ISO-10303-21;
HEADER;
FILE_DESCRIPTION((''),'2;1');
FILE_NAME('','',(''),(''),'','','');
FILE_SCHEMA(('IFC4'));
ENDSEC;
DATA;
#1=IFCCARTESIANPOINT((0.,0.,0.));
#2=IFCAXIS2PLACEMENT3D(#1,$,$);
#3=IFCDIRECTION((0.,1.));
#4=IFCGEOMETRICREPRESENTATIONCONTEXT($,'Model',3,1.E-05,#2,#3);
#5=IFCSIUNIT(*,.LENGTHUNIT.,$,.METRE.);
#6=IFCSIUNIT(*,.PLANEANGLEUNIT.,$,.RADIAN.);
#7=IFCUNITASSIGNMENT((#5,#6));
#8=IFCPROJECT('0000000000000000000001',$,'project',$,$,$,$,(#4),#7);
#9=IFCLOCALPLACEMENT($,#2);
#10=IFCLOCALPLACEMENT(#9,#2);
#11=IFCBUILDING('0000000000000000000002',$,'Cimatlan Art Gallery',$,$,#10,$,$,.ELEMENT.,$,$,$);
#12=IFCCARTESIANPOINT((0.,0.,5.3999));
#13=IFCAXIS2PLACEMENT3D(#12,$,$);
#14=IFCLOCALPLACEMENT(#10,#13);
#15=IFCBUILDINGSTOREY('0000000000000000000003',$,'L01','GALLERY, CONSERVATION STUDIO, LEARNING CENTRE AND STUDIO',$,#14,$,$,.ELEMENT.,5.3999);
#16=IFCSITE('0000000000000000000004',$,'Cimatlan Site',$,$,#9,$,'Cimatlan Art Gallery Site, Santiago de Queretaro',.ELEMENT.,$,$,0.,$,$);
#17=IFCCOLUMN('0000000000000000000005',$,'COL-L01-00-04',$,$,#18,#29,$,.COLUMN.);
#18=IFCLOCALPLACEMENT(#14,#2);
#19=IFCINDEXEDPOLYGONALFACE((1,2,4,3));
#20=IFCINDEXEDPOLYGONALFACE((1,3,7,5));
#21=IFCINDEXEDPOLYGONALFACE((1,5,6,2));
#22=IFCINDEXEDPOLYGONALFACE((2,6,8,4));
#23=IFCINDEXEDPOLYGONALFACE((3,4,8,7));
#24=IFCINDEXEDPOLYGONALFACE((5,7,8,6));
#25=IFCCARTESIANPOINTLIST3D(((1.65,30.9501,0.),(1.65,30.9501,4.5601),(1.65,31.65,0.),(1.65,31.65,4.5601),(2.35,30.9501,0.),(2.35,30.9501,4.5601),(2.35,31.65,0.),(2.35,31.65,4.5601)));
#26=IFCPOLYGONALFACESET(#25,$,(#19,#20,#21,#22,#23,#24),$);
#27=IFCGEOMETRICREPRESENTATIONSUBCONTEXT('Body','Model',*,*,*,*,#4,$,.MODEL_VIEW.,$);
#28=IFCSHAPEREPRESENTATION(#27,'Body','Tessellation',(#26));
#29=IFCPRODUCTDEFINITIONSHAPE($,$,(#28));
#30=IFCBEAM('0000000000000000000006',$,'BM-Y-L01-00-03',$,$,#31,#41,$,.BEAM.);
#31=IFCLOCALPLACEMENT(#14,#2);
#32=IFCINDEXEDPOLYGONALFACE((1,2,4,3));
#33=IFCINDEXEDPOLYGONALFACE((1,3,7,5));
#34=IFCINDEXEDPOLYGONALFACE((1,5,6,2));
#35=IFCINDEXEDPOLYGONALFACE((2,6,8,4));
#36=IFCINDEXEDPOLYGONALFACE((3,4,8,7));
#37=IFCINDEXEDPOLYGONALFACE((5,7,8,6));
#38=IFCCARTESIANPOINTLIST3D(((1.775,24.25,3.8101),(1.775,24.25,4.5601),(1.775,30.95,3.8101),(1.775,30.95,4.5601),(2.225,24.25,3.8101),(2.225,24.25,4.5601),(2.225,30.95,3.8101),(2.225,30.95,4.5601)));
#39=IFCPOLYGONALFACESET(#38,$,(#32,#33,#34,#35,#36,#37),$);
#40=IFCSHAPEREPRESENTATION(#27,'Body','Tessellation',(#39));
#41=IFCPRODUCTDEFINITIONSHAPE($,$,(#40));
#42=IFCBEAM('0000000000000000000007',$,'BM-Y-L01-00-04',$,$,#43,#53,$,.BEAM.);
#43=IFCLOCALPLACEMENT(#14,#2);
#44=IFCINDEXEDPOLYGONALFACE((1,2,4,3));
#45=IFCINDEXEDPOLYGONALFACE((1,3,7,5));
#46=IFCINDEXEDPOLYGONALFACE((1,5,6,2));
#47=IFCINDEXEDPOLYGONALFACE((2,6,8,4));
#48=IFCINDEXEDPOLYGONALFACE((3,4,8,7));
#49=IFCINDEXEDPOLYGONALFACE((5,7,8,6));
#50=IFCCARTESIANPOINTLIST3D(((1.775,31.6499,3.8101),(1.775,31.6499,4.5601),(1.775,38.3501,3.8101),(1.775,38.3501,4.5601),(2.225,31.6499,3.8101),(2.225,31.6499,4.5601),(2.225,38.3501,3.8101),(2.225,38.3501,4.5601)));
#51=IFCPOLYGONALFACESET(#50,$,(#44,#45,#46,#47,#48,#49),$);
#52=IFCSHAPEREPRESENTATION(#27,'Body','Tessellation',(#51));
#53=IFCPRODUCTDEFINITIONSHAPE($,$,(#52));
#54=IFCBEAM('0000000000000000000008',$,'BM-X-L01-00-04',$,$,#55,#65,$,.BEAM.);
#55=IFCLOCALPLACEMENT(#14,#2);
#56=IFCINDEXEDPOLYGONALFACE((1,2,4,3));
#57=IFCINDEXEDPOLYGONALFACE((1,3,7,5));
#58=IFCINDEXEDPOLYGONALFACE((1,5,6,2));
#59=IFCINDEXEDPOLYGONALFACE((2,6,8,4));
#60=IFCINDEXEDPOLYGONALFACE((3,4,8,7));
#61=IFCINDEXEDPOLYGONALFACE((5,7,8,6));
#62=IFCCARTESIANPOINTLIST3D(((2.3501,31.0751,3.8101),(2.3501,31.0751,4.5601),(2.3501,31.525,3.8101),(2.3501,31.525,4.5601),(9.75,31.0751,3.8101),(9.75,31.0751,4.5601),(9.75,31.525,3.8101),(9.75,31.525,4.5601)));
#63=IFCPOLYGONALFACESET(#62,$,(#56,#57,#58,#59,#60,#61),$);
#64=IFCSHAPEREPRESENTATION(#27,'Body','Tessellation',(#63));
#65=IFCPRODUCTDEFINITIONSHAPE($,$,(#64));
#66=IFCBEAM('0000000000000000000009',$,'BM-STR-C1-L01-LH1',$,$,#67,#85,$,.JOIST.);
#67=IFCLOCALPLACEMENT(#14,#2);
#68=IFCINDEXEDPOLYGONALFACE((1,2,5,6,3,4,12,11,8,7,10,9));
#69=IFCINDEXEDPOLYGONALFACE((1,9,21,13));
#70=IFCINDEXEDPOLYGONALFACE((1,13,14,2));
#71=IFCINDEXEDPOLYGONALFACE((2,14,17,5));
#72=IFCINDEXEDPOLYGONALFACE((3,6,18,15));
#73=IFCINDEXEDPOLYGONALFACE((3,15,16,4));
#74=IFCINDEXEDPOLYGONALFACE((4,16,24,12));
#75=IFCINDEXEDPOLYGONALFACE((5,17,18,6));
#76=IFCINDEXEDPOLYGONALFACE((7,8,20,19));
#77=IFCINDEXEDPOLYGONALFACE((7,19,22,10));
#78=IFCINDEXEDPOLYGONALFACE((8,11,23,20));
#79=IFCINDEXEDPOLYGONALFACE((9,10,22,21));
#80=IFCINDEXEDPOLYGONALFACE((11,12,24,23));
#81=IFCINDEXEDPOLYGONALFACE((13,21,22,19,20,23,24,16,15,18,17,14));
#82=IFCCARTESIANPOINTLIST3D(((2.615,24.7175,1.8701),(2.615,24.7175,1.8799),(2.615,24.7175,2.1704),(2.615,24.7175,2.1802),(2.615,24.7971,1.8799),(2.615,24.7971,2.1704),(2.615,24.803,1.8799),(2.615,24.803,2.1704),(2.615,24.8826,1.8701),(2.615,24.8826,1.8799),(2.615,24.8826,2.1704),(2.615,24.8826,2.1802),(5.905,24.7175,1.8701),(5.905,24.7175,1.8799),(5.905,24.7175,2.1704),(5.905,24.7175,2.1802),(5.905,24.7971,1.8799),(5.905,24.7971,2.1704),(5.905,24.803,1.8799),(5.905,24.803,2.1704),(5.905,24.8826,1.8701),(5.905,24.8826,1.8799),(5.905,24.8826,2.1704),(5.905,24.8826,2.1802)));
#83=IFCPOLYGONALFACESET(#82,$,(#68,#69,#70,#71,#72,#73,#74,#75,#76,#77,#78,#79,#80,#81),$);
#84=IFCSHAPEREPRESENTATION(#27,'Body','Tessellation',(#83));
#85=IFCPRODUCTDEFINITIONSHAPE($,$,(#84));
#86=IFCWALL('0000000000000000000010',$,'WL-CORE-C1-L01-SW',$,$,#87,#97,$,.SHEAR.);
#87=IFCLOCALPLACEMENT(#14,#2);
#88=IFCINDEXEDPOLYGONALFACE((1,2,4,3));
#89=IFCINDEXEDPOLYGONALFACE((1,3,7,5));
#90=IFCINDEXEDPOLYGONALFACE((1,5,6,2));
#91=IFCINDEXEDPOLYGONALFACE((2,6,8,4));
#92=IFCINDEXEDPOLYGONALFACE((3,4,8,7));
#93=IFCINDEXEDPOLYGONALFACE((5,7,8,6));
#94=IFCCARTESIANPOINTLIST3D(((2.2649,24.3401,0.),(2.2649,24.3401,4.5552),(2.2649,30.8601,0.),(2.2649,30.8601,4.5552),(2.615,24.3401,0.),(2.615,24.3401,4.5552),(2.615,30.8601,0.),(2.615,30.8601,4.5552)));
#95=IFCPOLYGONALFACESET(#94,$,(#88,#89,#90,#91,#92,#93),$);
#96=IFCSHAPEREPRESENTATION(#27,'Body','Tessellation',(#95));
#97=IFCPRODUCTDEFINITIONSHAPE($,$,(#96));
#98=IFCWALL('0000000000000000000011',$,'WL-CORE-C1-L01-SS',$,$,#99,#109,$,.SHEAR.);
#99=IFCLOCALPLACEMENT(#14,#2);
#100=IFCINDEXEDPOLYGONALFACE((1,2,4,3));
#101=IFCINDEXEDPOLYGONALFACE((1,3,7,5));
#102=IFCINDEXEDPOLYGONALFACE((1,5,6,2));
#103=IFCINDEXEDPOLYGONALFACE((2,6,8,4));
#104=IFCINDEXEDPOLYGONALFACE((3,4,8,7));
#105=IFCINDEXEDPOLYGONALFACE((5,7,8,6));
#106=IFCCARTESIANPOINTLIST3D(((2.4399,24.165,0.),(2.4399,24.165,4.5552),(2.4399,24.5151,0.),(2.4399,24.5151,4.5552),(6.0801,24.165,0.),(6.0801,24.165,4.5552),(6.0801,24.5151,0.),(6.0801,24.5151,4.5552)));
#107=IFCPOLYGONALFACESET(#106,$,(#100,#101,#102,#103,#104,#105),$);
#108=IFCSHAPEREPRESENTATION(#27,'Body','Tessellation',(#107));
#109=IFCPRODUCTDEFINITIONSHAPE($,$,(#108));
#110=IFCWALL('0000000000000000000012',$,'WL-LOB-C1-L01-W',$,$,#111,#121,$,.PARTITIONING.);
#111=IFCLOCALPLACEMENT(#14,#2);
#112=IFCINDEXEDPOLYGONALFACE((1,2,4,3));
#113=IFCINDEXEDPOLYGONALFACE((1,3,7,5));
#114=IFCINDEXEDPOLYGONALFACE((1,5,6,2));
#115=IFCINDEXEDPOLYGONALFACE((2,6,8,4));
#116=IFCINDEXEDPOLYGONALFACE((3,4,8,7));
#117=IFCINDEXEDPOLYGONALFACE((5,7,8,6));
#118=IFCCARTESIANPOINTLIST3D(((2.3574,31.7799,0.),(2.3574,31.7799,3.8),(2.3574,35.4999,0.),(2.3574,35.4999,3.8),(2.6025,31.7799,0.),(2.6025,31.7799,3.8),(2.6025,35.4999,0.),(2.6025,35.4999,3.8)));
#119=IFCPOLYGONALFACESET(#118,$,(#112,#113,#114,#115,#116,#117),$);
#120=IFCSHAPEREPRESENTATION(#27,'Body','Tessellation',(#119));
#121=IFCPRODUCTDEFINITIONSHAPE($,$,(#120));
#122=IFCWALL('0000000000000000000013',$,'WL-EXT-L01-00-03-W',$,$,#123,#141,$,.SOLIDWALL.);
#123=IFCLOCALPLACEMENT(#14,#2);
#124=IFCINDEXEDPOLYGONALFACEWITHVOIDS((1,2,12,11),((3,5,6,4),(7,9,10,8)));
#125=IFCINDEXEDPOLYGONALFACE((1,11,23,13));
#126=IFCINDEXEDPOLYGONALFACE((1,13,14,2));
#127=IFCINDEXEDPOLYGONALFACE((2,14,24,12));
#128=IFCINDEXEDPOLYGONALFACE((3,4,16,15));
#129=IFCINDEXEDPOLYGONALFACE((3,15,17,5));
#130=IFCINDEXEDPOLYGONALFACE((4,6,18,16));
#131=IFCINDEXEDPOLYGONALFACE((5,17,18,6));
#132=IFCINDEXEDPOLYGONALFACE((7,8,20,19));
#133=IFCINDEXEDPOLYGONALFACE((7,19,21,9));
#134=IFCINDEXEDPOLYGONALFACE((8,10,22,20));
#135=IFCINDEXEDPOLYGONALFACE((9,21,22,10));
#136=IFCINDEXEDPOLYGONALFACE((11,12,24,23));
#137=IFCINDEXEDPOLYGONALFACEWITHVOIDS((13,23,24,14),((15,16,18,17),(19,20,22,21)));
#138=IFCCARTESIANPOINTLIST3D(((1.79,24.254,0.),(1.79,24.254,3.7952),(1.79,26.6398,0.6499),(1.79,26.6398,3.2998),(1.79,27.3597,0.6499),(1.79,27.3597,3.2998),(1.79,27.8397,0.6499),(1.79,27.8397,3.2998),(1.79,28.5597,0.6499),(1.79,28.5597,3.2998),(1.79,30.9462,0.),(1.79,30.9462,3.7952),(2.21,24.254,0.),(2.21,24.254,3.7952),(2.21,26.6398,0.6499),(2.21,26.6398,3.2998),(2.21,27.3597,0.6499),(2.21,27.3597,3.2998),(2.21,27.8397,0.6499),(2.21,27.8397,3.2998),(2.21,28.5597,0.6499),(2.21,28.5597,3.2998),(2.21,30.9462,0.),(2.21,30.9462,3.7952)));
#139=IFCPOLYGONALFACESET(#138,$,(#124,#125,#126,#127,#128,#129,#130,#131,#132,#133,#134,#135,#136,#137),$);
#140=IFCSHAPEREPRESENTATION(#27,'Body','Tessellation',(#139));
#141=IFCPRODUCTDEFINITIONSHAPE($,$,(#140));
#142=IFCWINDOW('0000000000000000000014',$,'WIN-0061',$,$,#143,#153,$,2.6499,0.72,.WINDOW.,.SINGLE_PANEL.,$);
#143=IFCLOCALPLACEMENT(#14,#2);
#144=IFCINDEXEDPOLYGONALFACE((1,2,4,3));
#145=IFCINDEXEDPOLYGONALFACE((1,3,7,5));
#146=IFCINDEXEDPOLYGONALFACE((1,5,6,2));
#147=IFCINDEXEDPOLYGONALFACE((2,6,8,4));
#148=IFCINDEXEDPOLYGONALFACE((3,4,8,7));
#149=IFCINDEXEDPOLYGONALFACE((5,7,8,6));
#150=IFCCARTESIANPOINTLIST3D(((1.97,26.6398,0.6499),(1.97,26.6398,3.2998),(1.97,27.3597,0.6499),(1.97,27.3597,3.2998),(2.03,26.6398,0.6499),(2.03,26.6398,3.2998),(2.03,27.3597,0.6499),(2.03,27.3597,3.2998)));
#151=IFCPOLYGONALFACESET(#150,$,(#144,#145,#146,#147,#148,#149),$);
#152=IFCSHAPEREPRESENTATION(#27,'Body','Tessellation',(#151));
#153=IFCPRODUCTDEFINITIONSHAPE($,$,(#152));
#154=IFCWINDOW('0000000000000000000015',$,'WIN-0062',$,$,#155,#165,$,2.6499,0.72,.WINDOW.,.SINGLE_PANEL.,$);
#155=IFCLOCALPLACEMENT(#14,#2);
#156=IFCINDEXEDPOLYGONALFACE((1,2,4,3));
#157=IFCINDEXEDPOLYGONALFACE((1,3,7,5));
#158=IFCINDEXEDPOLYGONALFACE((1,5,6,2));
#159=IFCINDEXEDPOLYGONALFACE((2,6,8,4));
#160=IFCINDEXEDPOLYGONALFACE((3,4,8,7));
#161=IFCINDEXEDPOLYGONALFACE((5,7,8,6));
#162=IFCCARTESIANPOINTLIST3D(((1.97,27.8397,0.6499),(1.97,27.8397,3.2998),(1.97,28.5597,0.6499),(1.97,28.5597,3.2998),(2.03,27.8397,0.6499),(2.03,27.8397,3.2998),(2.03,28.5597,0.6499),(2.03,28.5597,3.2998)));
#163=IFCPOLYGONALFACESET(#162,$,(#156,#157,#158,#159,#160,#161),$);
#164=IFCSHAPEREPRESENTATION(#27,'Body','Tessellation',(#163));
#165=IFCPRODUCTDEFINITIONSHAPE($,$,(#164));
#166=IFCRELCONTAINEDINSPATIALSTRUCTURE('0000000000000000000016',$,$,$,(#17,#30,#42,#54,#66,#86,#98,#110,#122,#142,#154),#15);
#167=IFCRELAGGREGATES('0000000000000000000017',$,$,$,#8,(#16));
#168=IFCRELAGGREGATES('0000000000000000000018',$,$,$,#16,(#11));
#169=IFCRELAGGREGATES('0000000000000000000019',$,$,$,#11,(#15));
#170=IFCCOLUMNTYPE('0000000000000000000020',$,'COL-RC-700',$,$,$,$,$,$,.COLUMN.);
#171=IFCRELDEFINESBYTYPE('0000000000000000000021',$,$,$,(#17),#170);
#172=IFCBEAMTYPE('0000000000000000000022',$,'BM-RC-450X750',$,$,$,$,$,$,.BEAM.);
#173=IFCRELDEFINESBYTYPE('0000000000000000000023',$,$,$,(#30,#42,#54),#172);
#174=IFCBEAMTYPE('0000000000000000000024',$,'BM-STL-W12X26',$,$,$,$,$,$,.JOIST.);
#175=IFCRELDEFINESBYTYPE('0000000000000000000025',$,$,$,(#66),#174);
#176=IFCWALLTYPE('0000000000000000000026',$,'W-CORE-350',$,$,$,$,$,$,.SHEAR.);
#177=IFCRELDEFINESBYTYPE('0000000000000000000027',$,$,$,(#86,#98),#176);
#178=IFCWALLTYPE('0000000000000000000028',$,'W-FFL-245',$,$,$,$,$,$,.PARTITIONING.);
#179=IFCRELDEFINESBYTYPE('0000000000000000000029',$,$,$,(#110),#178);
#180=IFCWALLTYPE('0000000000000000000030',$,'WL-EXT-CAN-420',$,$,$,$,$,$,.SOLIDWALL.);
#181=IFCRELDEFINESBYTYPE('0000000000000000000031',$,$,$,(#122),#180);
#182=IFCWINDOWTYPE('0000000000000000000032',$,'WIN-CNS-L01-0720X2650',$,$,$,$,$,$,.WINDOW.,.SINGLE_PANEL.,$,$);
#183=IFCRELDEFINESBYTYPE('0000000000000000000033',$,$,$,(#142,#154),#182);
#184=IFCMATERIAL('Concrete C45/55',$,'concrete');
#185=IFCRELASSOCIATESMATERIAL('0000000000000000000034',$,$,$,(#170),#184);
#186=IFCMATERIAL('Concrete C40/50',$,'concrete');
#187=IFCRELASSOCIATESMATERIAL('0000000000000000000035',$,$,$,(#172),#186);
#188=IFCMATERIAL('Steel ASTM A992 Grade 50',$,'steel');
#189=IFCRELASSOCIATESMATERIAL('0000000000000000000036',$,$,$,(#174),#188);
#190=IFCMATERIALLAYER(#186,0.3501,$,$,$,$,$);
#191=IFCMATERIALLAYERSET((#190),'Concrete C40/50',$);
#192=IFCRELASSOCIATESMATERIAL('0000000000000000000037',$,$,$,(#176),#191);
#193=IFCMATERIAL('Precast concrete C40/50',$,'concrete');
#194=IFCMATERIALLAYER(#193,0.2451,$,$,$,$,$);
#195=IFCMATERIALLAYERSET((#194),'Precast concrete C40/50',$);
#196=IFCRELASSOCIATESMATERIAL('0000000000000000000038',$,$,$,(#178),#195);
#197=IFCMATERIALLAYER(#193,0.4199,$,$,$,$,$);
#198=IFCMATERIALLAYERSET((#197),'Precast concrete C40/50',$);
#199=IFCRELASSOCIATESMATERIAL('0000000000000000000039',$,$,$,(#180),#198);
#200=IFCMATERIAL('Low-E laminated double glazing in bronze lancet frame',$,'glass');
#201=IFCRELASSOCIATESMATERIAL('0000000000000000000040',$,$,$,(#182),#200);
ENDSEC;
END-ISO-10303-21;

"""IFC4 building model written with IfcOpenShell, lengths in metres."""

from ifc_helpers import new_model, si_unit, direction, frame, frame_2d, origin, origin_2d, place, context, subcontext, project, spatial, rectangle, i_section, extrude, material, layer, layer_set, material_profile, profile_set, type_object, element, fill, save


model = new_model("IFC4")

# Units and contexts
model_context = context("Model", 3, precision=1e-05, world=origin(), true_north=direction((0.0, 1.0)))
body_context = subcontext(model_context, "Body", "Model", "MODEL_VIEW")
ifc_project = project(units=[si_unit("LENGTHUNIT", "METRE"), si_unit("PLANEANGLEUNIT", "RADIAN")], contexts=[model_context])

# Site, building, storey
site_placement = place(None, origin())
site = spatial("IfcSite", under=ifc_project, at=site_placement, Name="Cimatlan Site", LongName="Cimatlan Art Gallery Site, Santiago de Queretaro", CompositionType="ELEMENT", RefElevation=0.0)
building_placement = place(site_placement, origin())
building = spatial("IfcBuilding", under=site, at=building_placement, Name="Cimatlan Art Gallery", CompositionType="ELEMENT")
storey_placement = place(building_placement, frame((0.0, 0.0, 5.3999)))
storey = spatial("IfcBuildingStorey", under=building, at=storey_placement, Name="L01", Description="GALLERY, CONSERVATION STUDIO, LEARNING CENTRE AND STUDIO", CompositionType="ELEMENT", Elevation=5.3999)

# Column
ifc_material_1 = material(Name="Concrete C45/55", Category="concrete")
ifc_material_profile_1 = material_profile(ifc_material_1, rectangle(XDim=0.7, YDim=0.7, at=origin_2d()), Name="RC700X700")
ifc_profile_set_1 = profile_set([ifc_material_profile_1], Name="Concrete C45/55")
column_type = type_object("IfcColumnType", Name="COL-RC-700", PredefinedType="COLUMN", material=ifc_profile_set_1)
column_placement = place(storey_placement, frame((2.0, 31.3, 0.0), z_axis=(0.0, 0.0, 1.0), x_axis=(1.0, 0.0, 0.0)))
element("IfcColumn", 1, at=column_placement, inside=storey, type_object=column_type, Name="COL-L01-00-04", PredefinedType="COLUMN", context=body_context, shape_type="SweptSolid", body=[
    extrude(rectangle(XDim=0.7, YDim=0.7, at=origin_2d()), origin(), (0.0, 0.0, 1.0), 4.5601),
])

# Beams
ifc_material_2 = material(Name="Concrete C40/50", Category="concrete")
ifc_material_profile_2 = material_profile(ifc_material_2, rectangle(XDim=0.45, YDim=0.75, at=origin_2d()), Name="RC450X750")
ifc_profile_set_2 = profile_set([ifc_material_profile_2], Name="Concrete C40/50")
beam_type_1 = type_object("IfcBeamType", Name="BM-RC-450X750", PredefinedType="BEAM", material=ifc_profile_set_2)
beam_1_placement = place(storey_placement, frame((2.0, 24.25, 4.1851), z_axis=(0.0, 1.0, 0.0), x_axis=(-1.0, 0.0, 0.0)))
element("IfcBeam", 2, at=beam_1_placement, inside=storey, type_object=beam_type_1, Name="BM-Y-L01-00-03", PredefinedType="BEAM", context=body_context, shape_type="SweptSolid", body=[
    extrude(rectangle(XDim=0.45, YDim=0.75, at=origin_2d()), origin(), (0.0, 0.0, 1.0), 6.7),
])
beam_2_placement = place(storey_placement, frame((2.0, 31.6499, 4.1851), z_axis=(0.0, 1.0, 0.0), x_axis=(-1.0, 0.0, 0.0)))
element("IfcBeam", 3, at=beam_2_placement, inside=storey, type_object=beam_type_1, Name="BM-Y-L01-00-04", PredefinedType="BEAM", context=body_context, shape_type="SweptSolid", body=[
    extrude(rectangle(XDim=0.45, YDim=0.75, at=origin_2d()), origin(), (0.0, 0.0, 1.0), 6.7002),
])
beam_3_placement = place(storey_placement, frame((2.3501, 31.3, 4.1851), z_axis=(1.0, 0.0, 0.0), x_axis=(0.0, 1.0, 0.0)))
element("IfcBeam", 4, at=beam_3_placement, inside=storey, type_object=beam_type_1, Name="BM-X-L01-00-04", PredefinedType="BEAM", context=body_context, shape_type="SweptSolid", body=[
    extrude(rectangle(XDim=0.45, YDim=0.75, at=origin_2d()), origin(), (0.0, 0.0, 1.0), 7.3999),
])
ifc_material_3 = material(Name="Steel ASTM A992 Grade 50", Category="steel")
ifc_material_profile_3 = material_profile(ifc_material_3, i_section(OverallWidth=0.165, OverallDepth=0.3101, WebThickness=0.0059, FlangeThickness=0.0098, at=origin_2d()), Name="W12X26")
ifc_profile_set_3 = profile_set([ifc_material_profile_3], Name="Steel ASTM A992 Grade 50")
beam_type_2 = type_object("IfcBeamType", Name="BM-STL-W12X26", PredefinedType="JOIST", material=ifc_profile_set_3)
beam_4_placement = place(storey_placement, frame((2.615, 24.8, 2.0251), z_axis=(1.0, 0.0, 0.0), x_axis=(0.0, 1.0, 0.0)))
element("IfcBeam", 5, at=beam_4_placement, inside=storey, type_object=beam_type_2, Name="BM-STR-C1-L01-LH1", PredefinedType="JOIST", context=body_context, shape_type="SweptSolid", body=[
    extrude(i_section(OverallWidth=0.165, OverallDepth=0.3101, WebThickness=0.0059, FlangeThickness=0.0098, at=origin_2d()), origin(), (0.0, 0.0, 1.0), 3.29),
])

# Walls
ifc_layer_1 = layer(ifc_material_2, 0.3501)
ifc_layer_set_1 = layer_set([ifc_layer_1], Name="Concrete C40/50")
wall_type_1 = type_object("IfcWallType", Name="W-CORE-350", PredefinedType="SHEAR", material=ifc_layer_set_1)
wall_1_placement = place(storey_placement, frame((2.4399, 24.3401, 0.0), z_axis=(0.0, 0.0, 1.0), x_axis=(0.0, 1.0, 0.0)))
element("IfcWall", 6, at=wall_1_placement, inside=storey, type_object=wall_type_1, Name="WL-CORE-C1-L01-SW", PredefinedType="SHEAR", context=body_context, shape_type="SweptSolid", body=[
    extrude(rectangle(XDim=6.52, YDim=0.3501, at=frame_2d((3.26, 0.0))), origin(), (0.0, 0.0, 1.0), 4.5552),
])
wall_2_placement = place(storey_placement, frame((2.4399, 24.3401, 0.0), z_axis=(0.0, 0.0, 1.0), x_axis=(1.0, 0.0, 0.0)))
element("IfcWall", 7, at=wall_2_placement, inside=storey, type_object=wall_type_1, Name="WL-CORE-C1-L01-SS", PredefinedType="SHEAR", context=body_context, shape_type="SweptSolid", body=[
    extrude(rectangle(XDim=3.6401, YDim=0.3501, at=frame_2d((1.8201, 0.0))), origin(), (0.0, 0.0, 1.0), 4.5552),
])

# Wall
ifc_material_4 = material(Name="Precast concrete C40/50", Category="concrete")
ifc_layer_2 = layer(ifc_material_4, 0.2451)
ifc_layer_set_2 = layer_set([ifc_layer_2], Name="Precast concrete C40/50")
wall_type_2 = type_object("IfcWallType", Name="W-FFL-245", PredefinedType="PARTITIONING", material=ifc_layer_set_2)
wall_3_placement = place(storey_placement, frame((2.48, 31.78, 0.0), z_axis=(0.0, 0.0, 1.0), x_axis=(0.0, 1.0, 0.0)))
element("IfcWall", 8, at=wall_3_placement, inside=storey, type_object=wall_type_2, Name="WL-LOB-C1-L01-W", PredefinedType="PARTITIONING", context=body_context, shape_type="SweptSolid", body=[
    extrude(rectangle(XDim=3.72, YDim=0.2451, at=frame_2d((1.8599, 0.0))), origin(), (0.0, 0.0, 1.0), 3.8),
])

# Wall, openings, windows
ifc_layer_3 = layer(ifc_material_4, 0.4199)
ifc_layer_set_3 = layer_set([ifc_layer_3], Name="Precast concrete C40/50")
wall_type_3 = type_object("IfcWallType", Name="WL-EXT-CAN-420", PredefinedType="SOLIDWALL", material=ifc_layer_set_3)
wall_4_placement = place(storey_placement, frame((2.0, 24.2539, 0.0), z_axis=(0.0, 0.0, 1.0), x_axis=(0.0, 1.0, 0.0)))
wall_4 = element("IfcWall", 9, at=wall_4_placement, inside=storey, type_object=wall_type_3, Name="WL-EXT-L01-00-03-W", PredefinedType="SOLIDWALL", context=body_context, shape_type="SweptSolid", body=[
    extrude(rectangle(XDim=6.6921, YDim=0.4199, at=frame_2d((3.3462, 0.0))), origin(), (0.0, 0.0, 1.0), 3.7952),
])
opening_1_placement = place(wall_4_placement, frame((2.386, 0.0, 0.6499)))
opening_1 = element("IfcOpeningElement", 10, at=opening_1_placement, cuts=wall_4, PredefinedType="OPENING", context=body_context, shape_type="SweptSolid", body=[
    extrude(rectangle(XDim=0.72, YDim=2.6499, at=frame_2d((0.3599, 1.325))), frame((0.0, 0.22, 0.0), z_axis=(0.0, -1.0, 0.0), x_axis=(1.0, 0.0, 0.0)), (0.0, 0.0, 1.0), 0.4399),
])
opening_2_placement = place(wall_4_placement, frame((3.5859, 0.0, 0.6499)))
opening_2 = element("IfcOpeningElement", 11, at=opening_2_placement, cuts=wall_4, PredefinedType="OPENING", context=body_context, shape_type="SweptSolid", body=[
    extrude(rectangle(XDim=0.72, YDim=2.6499, at=frame_2d((0.3599, 1.325))), frame((0.0, 0.22, 0.0), z_axis=(0.0, -1.0, 0.0), x_axis=(1.0, 0.0, 0.0)), (0.0, 0.0, 1.0), 0.4399),
])
ifc_material_5 = material(Name="Low-E laminated double glazing in bronze lancet frame", Category="glass")
window_type = type_object("IfcWindowType", Name="WIN-CNS-L01-0720X2650", PartitioningType="SINGLE_PANEL", PredefinedType="WINDOW", material=ifc_material_5)
window_1_placement = place(opening_1_placement, origin())
window_1 = element("IfcWindow", 12, at=window_1_placement, inside=storey, type_object=window_type, Name="WIN-0061", OverallHeight=2.6499, OverallWidth=0.72, PartitioningType="SINGLE_PANEL", PredefinedType="WINDOW", context=body_context, shape_type="SweptSolid", body=[
    extrude(rectangle(XDim=0.72, YDim=2.6499, at=frame_2d((0.3599, 1.325))), frame((0.0, 0.03, 0.0), z_axis=(0.0, -1.0, 0.0), x_axis=(1.0, 0.0, 0.0)), (0.0, 0.0, 1.0), 0.0601),
])
fill(opening_1, window_1)
window_2_placement = place(opening_2_placement, origin())
window_2 = element("IfcWindow", 13, at=window_2_placement, inside=storey, type_object=window_type, Name="WIN-0062", OverallHeight=2.6499, OverallWidth=0.72, PartitioningType="SINGLE_PANEL", PredefinedType="WINDOW", context=body_context, shape_type="SweptSolid", body=[
    extrude(rectangle(XDim=0.72, YDim=2.6499, at=frame_2d((0.3599, 1.325))), frame((0.0, 0.03, 0.0), z_axis=(0.0, -1.0, 0.0), x_axis=(1.0, 0.0, 0.0)), (0.0, 0.0, 1.0), 0.0601),
])
fill(opening_2, window_2)

save(model, "model.ifc")
